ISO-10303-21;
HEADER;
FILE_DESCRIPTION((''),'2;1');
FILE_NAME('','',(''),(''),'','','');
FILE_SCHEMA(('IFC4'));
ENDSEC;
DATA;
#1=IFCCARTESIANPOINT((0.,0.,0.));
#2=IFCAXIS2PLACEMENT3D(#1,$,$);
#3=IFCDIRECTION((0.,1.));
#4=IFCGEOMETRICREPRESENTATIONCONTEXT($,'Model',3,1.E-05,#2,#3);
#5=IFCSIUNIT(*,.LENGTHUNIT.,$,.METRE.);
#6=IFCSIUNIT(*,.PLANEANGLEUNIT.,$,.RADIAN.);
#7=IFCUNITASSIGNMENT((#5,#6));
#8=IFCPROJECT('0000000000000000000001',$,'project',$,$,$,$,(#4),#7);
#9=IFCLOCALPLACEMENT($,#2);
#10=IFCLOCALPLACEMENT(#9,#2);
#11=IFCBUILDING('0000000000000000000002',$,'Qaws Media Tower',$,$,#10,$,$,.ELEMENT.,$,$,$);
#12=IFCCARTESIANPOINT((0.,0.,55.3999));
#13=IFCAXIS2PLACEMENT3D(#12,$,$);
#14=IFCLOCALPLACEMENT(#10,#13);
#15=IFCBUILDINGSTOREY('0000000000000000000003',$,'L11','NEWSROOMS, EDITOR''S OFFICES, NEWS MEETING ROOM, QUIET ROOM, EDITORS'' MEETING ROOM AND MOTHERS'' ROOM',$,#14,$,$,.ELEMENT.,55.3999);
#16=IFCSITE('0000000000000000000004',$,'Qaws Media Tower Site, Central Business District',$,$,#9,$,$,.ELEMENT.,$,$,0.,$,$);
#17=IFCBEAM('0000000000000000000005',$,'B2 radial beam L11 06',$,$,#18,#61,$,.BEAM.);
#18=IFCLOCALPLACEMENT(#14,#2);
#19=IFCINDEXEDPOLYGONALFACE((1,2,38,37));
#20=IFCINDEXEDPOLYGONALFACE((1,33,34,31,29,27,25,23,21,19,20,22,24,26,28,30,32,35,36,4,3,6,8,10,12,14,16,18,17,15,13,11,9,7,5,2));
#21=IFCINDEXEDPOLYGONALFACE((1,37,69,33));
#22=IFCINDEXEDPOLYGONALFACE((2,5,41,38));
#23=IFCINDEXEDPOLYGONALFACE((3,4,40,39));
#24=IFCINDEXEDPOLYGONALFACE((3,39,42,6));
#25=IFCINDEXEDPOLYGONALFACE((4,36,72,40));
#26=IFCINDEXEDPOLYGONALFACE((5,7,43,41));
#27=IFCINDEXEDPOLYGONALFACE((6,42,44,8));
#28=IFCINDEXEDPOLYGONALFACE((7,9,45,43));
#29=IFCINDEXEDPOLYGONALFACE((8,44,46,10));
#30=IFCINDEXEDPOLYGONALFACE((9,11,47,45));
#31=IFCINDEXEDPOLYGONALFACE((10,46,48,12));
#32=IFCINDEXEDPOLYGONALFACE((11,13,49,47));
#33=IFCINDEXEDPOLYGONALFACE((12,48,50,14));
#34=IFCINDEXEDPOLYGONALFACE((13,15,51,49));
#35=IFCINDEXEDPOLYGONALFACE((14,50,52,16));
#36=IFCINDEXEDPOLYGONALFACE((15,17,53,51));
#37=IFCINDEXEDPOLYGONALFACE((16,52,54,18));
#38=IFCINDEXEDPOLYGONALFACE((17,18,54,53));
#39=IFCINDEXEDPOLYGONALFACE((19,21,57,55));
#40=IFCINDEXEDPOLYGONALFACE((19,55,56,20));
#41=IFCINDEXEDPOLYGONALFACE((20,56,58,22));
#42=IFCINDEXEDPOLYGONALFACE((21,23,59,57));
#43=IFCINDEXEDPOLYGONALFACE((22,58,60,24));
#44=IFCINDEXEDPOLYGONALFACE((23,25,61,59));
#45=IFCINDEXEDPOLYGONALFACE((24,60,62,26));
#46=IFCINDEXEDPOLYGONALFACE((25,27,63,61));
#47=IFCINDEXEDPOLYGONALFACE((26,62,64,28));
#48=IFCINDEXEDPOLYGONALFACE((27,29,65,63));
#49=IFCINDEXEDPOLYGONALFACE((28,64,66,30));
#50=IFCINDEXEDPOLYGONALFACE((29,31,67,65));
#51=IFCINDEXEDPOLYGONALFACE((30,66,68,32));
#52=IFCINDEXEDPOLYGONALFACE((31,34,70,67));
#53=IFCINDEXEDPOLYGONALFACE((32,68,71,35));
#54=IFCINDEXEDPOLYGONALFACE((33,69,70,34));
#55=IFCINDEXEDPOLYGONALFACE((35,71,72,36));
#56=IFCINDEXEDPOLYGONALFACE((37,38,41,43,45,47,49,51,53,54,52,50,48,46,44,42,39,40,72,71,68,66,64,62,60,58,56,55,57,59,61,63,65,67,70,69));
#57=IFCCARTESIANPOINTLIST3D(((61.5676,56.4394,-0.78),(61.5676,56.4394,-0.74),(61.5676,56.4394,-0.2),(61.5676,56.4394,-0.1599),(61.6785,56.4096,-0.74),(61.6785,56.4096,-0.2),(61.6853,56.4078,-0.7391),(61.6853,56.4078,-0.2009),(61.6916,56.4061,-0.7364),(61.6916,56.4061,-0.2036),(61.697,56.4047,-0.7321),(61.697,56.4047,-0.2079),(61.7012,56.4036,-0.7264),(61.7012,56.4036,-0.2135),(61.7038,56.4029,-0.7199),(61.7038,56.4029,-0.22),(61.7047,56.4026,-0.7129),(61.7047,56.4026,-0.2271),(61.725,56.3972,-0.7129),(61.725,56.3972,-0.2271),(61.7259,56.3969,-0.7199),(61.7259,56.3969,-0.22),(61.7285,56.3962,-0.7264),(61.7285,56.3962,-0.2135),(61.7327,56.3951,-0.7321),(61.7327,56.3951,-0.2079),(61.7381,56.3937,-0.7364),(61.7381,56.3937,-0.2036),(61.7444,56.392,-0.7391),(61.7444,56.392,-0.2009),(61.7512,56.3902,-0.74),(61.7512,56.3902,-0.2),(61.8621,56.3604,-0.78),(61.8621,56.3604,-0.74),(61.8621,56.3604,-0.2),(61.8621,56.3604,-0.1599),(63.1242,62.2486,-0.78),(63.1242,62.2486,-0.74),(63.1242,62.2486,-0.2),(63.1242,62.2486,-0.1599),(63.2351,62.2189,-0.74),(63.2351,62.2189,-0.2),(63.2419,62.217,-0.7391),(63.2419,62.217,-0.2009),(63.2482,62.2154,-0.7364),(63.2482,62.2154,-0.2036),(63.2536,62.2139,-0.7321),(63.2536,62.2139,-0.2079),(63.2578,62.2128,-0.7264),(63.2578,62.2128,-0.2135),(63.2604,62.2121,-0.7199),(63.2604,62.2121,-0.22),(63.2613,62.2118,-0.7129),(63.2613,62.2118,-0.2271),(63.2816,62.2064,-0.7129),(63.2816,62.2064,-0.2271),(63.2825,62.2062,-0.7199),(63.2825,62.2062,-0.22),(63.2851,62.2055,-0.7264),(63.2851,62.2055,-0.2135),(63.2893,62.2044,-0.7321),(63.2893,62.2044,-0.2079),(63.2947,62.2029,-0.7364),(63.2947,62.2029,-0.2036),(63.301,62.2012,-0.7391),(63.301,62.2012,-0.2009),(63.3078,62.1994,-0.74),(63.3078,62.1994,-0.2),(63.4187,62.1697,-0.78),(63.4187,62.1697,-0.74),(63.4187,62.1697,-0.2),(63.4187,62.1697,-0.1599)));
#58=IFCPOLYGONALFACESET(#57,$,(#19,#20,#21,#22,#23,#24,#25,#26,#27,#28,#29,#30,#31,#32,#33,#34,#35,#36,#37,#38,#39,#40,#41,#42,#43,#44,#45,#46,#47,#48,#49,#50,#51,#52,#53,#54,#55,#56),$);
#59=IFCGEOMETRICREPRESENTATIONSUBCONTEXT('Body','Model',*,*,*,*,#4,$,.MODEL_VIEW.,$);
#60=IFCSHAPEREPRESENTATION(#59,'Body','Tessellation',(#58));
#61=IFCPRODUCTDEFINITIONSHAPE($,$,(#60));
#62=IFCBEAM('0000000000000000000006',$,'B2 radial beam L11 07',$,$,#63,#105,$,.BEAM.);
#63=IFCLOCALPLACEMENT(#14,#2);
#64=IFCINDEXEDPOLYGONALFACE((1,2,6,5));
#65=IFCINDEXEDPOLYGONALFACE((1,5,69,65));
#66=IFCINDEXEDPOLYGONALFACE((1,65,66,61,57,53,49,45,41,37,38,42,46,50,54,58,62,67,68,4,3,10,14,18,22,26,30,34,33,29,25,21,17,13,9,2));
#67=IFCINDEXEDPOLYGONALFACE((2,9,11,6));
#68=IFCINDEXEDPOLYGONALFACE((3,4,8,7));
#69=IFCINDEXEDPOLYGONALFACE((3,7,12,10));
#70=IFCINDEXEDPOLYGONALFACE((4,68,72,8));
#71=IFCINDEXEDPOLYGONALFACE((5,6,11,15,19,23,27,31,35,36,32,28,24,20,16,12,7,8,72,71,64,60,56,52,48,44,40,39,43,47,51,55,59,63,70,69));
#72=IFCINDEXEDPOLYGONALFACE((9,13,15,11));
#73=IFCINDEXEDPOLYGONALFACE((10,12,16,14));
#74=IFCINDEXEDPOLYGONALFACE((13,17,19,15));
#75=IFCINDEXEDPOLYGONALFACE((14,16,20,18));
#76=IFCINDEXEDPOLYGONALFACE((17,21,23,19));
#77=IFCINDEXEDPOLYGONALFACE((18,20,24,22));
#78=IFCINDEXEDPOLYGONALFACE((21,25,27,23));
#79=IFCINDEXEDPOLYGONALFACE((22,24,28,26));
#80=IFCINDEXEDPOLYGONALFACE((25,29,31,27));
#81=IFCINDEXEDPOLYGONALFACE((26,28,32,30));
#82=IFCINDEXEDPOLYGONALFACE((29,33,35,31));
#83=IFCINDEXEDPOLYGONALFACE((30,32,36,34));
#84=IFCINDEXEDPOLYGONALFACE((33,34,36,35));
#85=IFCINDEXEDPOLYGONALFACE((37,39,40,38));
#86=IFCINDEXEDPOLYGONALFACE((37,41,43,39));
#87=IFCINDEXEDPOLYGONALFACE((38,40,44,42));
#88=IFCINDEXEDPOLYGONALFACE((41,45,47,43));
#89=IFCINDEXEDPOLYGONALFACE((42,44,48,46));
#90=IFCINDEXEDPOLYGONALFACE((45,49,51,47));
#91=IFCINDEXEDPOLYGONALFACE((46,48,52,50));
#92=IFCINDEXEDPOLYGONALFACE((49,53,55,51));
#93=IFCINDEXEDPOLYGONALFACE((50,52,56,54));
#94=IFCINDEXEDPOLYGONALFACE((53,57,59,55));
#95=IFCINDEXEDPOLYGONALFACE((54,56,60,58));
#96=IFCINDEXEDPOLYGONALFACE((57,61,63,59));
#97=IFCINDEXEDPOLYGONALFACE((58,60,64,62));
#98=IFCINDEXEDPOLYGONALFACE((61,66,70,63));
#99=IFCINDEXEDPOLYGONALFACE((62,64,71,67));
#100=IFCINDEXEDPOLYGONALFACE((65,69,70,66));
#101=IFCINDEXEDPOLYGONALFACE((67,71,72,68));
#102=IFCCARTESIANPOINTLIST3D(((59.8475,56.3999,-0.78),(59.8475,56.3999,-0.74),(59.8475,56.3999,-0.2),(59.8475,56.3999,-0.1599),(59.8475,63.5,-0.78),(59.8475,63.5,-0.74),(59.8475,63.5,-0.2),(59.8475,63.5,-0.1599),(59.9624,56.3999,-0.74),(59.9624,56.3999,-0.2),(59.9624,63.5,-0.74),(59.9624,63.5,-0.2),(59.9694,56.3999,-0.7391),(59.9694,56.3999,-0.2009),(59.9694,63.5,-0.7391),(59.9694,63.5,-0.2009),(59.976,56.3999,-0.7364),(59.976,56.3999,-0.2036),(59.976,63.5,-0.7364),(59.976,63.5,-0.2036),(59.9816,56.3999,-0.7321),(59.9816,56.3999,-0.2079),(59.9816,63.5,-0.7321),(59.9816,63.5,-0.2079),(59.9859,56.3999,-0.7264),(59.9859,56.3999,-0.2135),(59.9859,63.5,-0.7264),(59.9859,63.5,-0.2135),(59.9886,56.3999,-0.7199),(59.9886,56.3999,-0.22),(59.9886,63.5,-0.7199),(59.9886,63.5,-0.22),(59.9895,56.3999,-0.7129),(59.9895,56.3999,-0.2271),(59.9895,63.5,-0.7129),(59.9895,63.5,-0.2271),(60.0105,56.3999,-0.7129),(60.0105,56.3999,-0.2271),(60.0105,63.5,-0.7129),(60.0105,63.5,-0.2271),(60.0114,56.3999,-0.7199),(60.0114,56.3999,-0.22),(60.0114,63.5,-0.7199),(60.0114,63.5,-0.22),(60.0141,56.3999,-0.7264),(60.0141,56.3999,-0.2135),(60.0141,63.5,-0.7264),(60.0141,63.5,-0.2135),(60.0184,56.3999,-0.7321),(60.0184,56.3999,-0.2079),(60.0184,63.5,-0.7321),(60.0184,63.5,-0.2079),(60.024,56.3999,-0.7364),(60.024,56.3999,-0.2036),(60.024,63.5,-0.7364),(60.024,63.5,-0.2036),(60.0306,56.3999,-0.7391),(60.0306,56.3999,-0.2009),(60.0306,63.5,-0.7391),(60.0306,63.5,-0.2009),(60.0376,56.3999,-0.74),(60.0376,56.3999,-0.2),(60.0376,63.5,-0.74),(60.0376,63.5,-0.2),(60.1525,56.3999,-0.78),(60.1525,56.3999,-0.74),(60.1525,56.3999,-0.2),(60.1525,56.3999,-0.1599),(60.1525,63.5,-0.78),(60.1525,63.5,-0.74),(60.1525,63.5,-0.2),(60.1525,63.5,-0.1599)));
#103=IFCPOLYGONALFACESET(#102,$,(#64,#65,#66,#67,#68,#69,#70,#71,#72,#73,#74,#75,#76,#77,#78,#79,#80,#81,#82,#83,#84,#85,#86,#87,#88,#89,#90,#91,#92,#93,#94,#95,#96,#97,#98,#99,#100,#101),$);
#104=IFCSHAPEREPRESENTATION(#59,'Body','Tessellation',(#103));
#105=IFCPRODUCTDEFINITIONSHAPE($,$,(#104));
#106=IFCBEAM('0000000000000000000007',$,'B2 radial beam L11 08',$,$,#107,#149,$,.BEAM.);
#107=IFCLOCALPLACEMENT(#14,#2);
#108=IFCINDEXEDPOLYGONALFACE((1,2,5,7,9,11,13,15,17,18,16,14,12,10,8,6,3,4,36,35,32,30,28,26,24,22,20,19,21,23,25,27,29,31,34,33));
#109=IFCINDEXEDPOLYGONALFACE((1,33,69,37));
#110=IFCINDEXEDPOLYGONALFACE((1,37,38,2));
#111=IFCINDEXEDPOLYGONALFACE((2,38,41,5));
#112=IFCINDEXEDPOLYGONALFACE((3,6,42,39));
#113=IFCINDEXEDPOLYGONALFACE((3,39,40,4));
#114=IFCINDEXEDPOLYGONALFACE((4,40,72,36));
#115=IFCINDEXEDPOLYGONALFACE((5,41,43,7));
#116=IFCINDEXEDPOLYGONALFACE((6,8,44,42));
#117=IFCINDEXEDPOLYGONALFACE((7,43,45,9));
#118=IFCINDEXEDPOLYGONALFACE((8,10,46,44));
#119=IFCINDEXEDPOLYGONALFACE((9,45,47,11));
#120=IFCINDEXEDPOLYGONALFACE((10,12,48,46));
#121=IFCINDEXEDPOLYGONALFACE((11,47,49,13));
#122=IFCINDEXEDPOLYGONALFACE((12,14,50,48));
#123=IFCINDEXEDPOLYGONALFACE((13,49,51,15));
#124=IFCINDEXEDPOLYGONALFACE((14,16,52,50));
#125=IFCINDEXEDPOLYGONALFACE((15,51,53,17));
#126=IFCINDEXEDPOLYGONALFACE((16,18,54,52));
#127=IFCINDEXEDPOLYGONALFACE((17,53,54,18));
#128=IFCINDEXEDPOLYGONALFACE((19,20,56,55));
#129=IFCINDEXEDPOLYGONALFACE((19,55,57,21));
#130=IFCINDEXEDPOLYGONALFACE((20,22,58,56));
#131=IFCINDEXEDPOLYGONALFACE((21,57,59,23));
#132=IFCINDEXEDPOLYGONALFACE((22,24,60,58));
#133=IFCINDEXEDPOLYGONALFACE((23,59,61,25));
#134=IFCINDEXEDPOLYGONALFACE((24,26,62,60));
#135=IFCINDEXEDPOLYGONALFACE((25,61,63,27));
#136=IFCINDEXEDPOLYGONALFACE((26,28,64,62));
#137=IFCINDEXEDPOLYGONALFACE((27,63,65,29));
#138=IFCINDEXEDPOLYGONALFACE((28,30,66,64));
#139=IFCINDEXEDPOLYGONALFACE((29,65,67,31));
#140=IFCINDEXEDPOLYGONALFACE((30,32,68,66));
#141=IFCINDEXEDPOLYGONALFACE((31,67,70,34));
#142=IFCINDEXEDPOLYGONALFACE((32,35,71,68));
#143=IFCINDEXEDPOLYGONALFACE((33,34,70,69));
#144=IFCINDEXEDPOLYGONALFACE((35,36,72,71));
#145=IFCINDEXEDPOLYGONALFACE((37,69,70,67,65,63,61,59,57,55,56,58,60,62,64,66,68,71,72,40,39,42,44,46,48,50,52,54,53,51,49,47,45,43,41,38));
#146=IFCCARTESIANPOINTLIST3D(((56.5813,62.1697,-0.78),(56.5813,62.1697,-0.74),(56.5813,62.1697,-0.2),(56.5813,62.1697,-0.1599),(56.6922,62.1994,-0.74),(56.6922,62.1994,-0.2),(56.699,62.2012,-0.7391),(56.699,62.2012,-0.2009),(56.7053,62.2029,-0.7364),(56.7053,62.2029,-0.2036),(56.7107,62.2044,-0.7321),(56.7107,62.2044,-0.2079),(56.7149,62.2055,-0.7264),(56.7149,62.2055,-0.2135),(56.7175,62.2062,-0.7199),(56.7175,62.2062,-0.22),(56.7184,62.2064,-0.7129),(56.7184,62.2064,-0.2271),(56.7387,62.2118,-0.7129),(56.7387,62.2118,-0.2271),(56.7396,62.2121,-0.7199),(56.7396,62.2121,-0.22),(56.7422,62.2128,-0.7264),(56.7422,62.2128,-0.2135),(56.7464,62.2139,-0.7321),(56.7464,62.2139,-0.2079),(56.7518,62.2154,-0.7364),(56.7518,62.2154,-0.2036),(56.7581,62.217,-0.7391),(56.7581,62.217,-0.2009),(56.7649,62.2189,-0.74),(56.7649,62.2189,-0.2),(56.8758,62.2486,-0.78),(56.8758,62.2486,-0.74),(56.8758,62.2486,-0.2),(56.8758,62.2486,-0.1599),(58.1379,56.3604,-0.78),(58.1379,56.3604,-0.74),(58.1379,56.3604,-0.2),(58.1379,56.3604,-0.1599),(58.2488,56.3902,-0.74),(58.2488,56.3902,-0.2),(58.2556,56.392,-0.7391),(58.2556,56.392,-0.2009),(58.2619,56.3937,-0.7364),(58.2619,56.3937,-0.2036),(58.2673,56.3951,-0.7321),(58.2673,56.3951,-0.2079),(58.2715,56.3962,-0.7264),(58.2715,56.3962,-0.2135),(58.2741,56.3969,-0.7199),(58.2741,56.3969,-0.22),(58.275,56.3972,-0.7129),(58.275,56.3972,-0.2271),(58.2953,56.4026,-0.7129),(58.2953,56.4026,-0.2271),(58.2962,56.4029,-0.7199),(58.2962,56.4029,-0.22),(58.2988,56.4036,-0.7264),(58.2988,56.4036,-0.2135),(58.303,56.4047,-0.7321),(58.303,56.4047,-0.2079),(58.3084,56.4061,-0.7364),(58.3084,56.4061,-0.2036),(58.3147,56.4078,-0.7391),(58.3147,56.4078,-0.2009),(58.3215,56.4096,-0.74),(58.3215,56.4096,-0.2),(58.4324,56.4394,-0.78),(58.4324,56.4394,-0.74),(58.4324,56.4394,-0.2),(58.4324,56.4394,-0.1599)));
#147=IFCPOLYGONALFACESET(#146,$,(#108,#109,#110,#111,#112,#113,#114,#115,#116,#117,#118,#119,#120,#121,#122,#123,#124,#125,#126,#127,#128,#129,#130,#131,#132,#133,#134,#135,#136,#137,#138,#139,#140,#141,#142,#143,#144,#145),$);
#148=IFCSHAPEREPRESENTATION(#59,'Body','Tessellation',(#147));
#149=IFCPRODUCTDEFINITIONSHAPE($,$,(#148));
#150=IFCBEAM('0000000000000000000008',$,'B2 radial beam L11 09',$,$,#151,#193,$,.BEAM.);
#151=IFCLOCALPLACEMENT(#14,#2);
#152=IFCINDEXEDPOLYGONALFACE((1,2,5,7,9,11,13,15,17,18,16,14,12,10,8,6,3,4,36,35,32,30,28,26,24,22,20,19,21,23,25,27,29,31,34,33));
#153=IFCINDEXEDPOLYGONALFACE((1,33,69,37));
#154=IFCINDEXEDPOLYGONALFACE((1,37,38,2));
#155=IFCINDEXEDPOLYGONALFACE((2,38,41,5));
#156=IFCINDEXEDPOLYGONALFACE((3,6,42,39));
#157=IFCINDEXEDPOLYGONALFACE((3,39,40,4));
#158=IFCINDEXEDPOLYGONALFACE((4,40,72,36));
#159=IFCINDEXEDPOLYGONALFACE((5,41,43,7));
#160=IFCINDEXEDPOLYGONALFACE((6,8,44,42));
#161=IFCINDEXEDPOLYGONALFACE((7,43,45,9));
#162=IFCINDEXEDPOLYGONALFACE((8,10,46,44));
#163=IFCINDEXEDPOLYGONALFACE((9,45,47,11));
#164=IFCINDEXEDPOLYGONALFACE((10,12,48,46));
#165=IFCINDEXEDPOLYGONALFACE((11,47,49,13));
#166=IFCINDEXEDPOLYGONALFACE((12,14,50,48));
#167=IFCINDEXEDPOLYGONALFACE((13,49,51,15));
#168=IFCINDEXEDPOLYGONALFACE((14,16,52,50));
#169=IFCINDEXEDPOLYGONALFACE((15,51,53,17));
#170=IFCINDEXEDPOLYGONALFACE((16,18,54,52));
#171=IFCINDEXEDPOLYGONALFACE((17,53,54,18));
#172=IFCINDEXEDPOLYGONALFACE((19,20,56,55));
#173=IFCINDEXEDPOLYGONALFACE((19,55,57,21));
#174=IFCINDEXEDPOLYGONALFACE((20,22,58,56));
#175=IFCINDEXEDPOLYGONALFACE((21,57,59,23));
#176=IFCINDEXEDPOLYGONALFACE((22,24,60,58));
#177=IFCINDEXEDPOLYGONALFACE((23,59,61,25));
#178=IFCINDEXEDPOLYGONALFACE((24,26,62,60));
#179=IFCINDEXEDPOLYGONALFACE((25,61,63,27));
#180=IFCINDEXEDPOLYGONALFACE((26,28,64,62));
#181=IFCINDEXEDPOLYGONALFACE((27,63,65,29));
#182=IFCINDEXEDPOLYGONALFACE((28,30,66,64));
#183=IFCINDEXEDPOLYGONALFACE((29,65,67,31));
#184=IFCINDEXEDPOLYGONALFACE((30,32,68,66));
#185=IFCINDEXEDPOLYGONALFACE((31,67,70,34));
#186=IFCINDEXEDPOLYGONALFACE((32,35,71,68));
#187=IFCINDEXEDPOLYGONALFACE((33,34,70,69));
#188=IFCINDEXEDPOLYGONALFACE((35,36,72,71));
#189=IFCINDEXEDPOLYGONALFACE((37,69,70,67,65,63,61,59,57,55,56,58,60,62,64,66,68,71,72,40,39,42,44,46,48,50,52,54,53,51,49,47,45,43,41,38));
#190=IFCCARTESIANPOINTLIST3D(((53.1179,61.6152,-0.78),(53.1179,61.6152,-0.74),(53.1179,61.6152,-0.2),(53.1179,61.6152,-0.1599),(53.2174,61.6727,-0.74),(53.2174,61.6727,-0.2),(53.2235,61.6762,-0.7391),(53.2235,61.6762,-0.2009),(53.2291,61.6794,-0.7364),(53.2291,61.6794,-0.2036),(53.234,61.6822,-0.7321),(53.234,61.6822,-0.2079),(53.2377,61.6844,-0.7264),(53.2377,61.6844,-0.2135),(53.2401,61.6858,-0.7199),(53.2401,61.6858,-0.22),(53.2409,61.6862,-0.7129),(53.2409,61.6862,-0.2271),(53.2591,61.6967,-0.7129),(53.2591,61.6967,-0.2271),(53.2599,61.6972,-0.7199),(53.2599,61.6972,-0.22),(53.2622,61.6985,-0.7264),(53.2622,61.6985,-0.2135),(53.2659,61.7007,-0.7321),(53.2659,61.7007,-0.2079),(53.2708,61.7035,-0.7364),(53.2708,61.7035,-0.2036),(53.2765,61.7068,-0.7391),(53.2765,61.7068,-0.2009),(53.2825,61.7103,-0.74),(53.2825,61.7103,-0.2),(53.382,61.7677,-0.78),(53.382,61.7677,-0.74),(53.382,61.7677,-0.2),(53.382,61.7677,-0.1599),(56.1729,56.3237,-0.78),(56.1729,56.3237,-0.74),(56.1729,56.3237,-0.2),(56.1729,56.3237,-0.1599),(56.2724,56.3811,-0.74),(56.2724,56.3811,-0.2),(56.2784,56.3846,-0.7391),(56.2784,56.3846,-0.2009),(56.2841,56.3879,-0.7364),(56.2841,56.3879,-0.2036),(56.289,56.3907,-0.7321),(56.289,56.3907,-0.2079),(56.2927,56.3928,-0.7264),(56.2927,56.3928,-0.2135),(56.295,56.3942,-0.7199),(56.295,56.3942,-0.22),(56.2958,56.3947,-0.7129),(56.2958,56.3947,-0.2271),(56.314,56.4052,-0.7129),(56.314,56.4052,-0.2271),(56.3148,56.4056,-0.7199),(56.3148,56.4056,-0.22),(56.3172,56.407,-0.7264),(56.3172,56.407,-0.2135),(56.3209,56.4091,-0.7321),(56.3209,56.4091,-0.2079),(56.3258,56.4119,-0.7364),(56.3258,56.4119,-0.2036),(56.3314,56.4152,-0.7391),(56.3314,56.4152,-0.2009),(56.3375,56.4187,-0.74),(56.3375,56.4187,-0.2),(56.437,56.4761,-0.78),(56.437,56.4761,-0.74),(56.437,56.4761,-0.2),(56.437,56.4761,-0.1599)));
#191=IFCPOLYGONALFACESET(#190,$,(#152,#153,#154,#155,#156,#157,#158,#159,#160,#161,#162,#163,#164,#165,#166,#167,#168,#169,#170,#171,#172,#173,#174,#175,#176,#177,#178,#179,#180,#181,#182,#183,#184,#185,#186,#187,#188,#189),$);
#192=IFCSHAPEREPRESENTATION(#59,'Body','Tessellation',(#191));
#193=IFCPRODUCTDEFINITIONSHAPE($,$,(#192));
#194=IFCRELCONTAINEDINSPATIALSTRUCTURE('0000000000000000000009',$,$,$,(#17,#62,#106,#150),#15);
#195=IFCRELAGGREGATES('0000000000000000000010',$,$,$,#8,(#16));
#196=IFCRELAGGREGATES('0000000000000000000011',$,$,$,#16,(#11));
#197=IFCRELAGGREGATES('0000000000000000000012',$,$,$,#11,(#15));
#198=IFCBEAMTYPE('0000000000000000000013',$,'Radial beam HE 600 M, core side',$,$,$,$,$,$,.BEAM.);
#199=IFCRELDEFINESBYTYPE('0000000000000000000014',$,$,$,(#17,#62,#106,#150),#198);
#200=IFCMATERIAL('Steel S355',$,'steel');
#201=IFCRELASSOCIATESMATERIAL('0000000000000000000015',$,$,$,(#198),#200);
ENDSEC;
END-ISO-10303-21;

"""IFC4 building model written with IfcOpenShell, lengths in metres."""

from ifc_helpers import new_model, si_unit, direction, frame, origin, origin_2d, place, context, subcontext, project, spatial, i_section, extrude, material, material_profile, profile_set, type_object, element, save


model = new_model("IFC4")

# Units and contexts
model_context = context("Model", 3, precision=1e-05, world=origin(), true_north=direction((0.0, 1.0)))
body_context = subcontext(model_context, "Body", "Model", "MODEL_VIEW")
ifc_project = project(units=[si_unit("LENGTHUNIT", "METRE"), si_unit("PLANEANGLEUNIT", "RADIAN")], contexts=[model_context])

# Site, building, storey
site_placement = place(None, origin())
site = spatial("IfcSite", under=ifc_project, at=site_placement, Name="Qaws Media Tower Site, Central Business District", CompositionType="ELEMENT", RefElevation=0.0)
building_placement = place(site_placement, origin())
building = spatial("IfcBuilding", under=site, at=building_placement, Name="Qaws Media Tower", CompositionType="ELEMENT")
storey_placement = place(building_placement, frame((0.0, 0.0, 55.3999)))
storey = spatial("IfcBuildingStorey", under=building, at=storey_placement, Name="L11", Description="NEWSROOMS, EDITOR'S OFFICES, NEWS MEETING ROOM, QUIET ROOM, EDITORS' MEETING ROOM AND MOTHERS' ROOM", CompositionType="ELEMENT", Elevation=55.3999)

# Beams
ifc_material_1 = material(Name="Steel S355", Category="steel")
ifc_material_profile_1 = material_profile(ifc_material_1, i_section(OverallWidth=0.3049, OverallDepth=0.6201, WebThickness=0.021, FlangeThickness=0.04, FilletRadius=0.0271, at=origin_2d()), Name="HE 600 M")
ifc_profile_set_1 = profile_set([ifc_material_profile_1], Name="Steel S355")
beam_type_1 = type_object("IfcBeamType", Name="Radial beam HE 600 M, core side", PredefinedType="BEAM", material=ifc_profile_set_1)
beam_1_placement = place(storey_placement, frame((61.7148, 56.3999, -0.47), z_axis=(0.258825, 0.965924, 0.0), x_axis=(-0.965924, 0.258825, 0.0)))
element("IfcBeam", 1, at=beam_1_placement, inside=storey, type_object=beam_type_1, Name="B2 radial beam L11 06", PredefinedType="BEAM", context=body_context, shape_type="SweptSolid", body=[
    extrude(i_section(OverallWidth=0.3049, OverallDepth=0.6201, WebThickness=0.021, FlangeThickness=0.04, FilletRadius=0.0271, at=origin_2d()), origin(), (0.0, 0.0, 1.0), 6.0142),
])
beam_2_placement = place(storey_placement, frame((60.0, 56.3999, -0.47), z_axis=(0.0, 1.0, 0.0), x_axis=(-1.0, 0.0, 0.0)))
element("IfcBeam", 2, at=beam_2_placement, inside=storey, type_object=beam_type_1, Name="B2 radial beam L11 07", PredefinedType="BEAM", context=body_context, shape_type="SweptSolid", body=[
    extrude(i_section(OverallWidth=0.3049, OverallDepth=0.6201, WebThickness=0.021, FlangeThickness=0.04, FilletRadius=0.0271, at=origin_2d()), origin(), (0.0, 0.0, 1.0), 7.1001),
])
beam_3_placement = place(storey_placement, frame((58.2852, 56.3999, -0.47), z_axis=(-0.258825, 0.965924, 0.0), x_axis=(-0.965924, -0.258825, 0.0)))
element("IfcBeam", 3, at=beam_3_placement, inside=storey, type_object=beam_type_1, Name="B2 radial beam L11 08", PredefinedType="BEAM", context=body_context, shape_type="SweptSolid", body=[
    extrude(i_section(OverallWidth=0.3049, OverallDepth=0.6201, WebThickness=0.021, FlangeThickness=0.04, FilletRadius=0.0271, at=origin_2d()), origin(), (0.0, 0.0, 1.0), 6.0142),
])
beam_4_placement = place(storey_placement, frame((56.3049, 56.3999, -0.47), z_axis=(-0.499985, 0.866034, 0.0), x_axis=(-0.866034, -0.499985, 0.0)))
element("IfcBeam", 4, at=beam_4_placement, inside=storey, type_object=beam_type_1, Name="B2 radial beam L11 09", PredefinedType="BEAM", context=body_context, shape_type="SweptSolid", body=[
    extrude(i_section(OverallWidth=0.3049, OverallDepth=0.6201, WebThickness=0.021, FlangeThickness=0.04, FilletRadius=0.0271, at=origin_2d()), origin(), (0.0, 0.0, 1.0), 6.1101),
])

save(model, "model.ifc")
